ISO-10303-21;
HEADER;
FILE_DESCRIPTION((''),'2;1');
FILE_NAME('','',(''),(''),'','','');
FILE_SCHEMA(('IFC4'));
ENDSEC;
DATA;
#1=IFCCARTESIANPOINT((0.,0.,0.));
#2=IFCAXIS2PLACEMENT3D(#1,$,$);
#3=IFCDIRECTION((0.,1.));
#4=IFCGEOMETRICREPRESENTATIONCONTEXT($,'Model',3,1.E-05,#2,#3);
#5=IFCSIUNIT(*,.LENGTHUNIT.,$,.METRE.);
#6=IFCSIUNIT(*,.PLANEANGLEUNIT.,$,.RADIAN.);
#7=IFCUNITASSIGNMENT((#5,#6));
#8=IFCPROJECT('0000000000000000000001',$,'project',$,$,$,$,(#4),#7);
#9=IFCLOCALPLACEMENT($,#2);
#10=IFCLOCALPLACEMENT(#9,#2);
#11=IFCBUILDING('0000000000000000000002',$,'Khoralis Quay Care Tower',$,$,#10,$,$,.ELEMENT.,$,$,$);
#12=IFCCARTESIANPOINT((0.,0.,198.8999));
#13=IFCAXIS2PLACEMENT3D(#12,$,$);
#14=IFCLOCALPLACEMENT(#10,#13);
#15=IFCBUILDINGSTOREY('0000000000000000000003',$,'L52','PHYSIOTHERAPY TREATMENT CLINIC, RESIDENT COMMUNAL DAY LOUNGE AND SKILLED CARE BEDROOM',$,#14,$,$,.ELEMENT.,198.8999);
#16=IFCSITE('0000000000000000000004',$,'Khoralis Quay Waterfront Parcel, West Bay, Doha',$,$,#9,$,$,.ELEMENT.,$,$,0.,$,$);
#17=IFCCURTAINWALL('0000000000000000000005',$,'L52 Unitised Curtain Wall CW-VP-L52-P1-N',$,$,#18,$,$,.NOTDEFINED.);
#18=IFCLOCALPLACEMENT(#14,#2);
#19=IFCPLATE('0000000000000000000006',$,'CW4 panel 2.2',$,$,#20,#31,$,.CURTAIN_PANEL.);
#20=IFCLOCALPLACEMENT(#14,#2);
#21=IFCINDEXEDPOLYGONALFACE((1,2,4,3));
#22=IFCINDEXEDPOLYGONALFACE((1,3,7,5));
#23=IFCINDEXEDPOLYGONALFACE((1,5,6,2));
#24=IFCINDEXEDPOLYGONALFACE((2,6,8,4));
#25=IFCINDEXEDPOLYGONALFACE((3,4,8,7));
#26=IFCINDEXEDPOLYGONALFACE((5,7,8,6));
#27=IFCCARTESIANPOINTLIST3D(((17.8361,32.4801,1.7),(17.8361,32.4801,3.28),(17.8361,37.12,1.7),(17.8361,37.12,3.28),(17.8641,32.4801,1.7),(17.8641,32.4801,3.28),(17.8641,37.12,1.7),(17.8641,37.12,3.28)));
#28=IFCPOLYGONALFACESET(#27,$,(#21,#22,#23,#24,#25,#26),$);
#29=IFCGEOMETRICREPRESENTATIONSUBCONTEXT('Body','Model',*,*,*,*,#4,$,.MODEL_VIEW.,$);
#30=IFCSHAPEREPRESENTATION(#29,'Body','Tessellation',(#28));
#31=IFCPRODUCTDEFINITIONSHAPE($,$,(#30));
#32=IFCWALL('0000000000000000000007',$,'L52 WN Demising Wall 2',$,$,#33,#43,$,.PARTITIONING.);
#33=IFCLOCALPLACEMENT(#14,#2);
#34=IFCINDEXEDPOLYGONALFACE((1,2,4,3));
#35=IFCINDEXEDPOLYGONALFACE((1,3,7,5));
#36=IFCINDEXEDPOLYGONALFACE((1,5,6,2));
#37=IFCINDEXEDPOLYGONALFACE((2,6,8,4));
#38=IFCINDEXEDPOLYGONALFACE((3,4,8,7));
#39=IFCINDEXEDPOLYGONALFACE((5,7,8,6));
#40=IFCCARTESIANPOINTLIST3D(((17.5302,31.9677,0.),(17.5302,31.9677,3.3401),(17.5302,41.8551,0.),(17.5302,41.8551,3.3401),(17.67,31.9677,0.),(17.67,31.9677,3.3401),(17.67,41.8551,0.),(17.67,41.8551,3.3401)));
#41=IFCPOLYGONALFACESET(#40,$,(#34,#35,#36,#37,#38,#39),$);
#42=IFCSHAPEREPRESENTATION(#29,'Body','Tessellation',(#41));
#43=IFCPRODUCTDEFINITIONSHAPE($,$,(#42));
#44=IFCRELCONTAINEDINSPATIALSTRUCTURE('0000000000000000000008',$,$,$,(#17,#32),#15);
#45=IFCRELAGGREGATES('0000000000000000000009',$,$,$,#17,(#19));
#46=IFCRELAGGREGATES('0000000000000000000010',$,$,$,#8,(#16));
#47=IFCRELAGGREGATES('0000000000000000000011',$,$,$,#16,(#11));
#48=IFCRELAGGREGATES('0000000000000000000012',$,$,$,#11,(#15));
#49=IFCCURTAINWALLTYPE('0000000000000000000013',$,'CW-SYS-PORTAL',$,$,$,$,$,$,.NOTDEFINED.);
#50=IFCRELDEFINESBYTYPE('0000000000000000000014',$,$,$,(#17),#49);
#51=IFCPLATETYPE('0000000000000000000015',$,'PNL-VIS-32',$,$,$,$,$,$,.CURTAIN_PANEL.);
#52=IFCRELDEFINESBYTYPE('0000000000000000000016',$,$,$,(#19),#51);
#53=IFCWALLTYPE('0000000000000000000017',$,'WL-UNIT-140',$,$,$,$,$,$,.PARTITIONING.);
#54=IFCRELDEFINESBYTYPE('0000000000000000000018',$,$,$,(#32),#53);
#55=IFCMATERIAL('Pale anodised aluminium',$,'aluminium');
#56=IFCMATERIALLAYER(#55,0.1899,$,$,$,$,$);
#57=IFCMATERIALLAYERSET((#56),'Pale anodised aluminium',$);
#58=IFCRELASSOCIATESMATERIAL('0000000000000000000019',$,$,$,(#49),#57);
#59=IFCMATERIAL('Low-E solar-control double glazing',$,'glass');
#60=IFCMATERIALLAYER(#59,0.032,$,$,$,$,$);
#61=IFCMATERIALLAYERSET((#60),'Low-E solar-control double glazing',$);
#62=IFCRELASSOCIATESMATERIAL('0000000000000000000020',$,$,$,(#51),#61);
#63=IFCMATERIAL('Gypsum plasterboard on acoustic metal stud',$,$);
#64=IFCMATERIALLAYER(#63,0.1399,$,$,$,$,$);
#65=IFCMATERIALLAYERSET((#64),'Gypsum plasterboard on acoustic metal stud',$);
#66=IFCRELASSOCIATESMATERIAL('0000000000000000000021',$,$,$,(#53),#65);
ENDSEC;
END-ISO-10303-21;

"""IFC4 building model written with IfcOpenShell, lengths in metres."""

from ifc_helpers import new_model, si_unit, direction, frame, frame_2d, origin, origin_2d, place, context, subcontext, project, spatial, rectangle, extrude, source, transform, mapped, material, layer, layer_set, type_object, element, aggregate, save


model = new_model("IFC4")

# Units and contexts
model_context = context("Model", 3, precision=1e-05, world=origin(), true_north=direction((0.0, 1.0)))
body_context = subcontext(model_context, "Body", "Model", "MODEL_VIEW")
ifc_project = project(units=[si_unit("LENGTHUNIT", "METRE"), si_unit("PLANEANGLEUNIT", "RADIAN")], contexts=[model_context])

# Site, building, storey
site_placement = place(None, origin())
site = spatial("IfcSite", under=ifc_project, at=site_placement, Name="Khoralis Quay Waterfront Parcel, West Bay, Doha", CompositionType="ELEMENT", RefElevation=0.0)
building_placement = place(site_placement, origin())
building = spatial("IfcBuilding", under=site, at=building_placement, Name="Khoralis Quay Care Tower", CompositionType="ELEMENT")
storey_placement = place(building_placement, frame((0.0, 0.0, 198.8999)))
storey = spatial("IfcBuildingStorey", under=building, at=storey_placement, Name="L52", Description="PHYSIOTHERAPY TREATMENT CLINIC, RESIDENT COMMUNAL DAY LOUNGE AND SKILLED CARE BEDROOM", CompositionType="ELEMENT", Elevation=198.8999)

# Curtain wall, plate
ifc_material_1 = material(Name="Pale anodised aluminium", Category="aluminium")
ifc_layer_1 = layer(ifc_material_1, 0.1899)
ifc_layer_set_1 = layer_set([ifc_layer_1], Name="Pale anodised aluminium")
curtain_wall_type = type_object("IfcCurtainWallType", Name="CW-SYS-PORTAL", PredefinedType="NOTDEFINED", material=ifc_layer_set_1)
curtain_wall_placement = place(storey_placement, origin())
curtain_wall = element("IfcCurtainWall", 1, at=curtain_wall_placement, inside=storey, type_object=curtain_wall_type, Name="L52 Unitised Curtain Wall CW-VP-L52-P1-N", PredefinedType="NOTDEFINED")
ifc_material_2 = material(Name="Low-E solar-control double glazing", Category="glass")
ifc_layer_2 = layer(ifc_material_2, 0.032)
ifc_layer_set_2 = layer_set([ifc_layer_2], Name="Low-E solar-control double glazing")
plate_type = type_object("IfcPlateType", Name="PNL-VIS-32", PredefinedType="CURTAIN_PANEL", material=ifc_layer_set_2)
shared_shape_1 = source(origin(), body_context, "Body", "SweptSolid", [
    extrude(rectangle(XDim=4.6399, YDim=0.0281, at=origin_2d()), origin(), (0.0, 0.0, 1.0), 1.5801),
])
plate_1_placement = place(storey_placement, frame((17.8501, 34.8, 1.7), z_axis=(0.0, 0.0, 1.0), x_axis=(0.0, 1.0, 0.0)))
plate_1 = element("IfcPlate", 2, at=plate_1_placement, type_object=plate_type, Name="CW4 panel 2.2", PredefinedType="CURTAIN_PANEL", context=body_context, shape_type="MappedRepresentation", body=[
    mapped(shared_shape_1, transform((0.0, 0.0, 0.0), scale=1.0)),
])
aggregate(curtain_wall, [plate_1])

# Wall
ifc_material_3 = material(Name="Gypsum plasterboard on acoustic metal stud")
ifc_layer_3 = layer(ifc_material_3, 0.1399)
ifc_layer_set_3 = layer_set([ifc_layer_3], Name="Gypsum plasterboard on acoustic metal stud")
wall_type = type_object("IfcWallType", Name="WL-UNIT-140", PredefinedType="PARTITIONING", material=ifc_layer_set_3)
wall_placement = place(storey_placement, frame((17.6001, 31.9675, 0.0), z_axis=(0.0, 0.0, 1.0), x_axis=(0.0, 1.0, 0.0)))
element("IfcWall", 3, at=wall_placement, inside=storey, type_object=wall_type, Name="L52 WN Demising Wall 2", PredefinedType="PARTITIONING", context=body_context, shape_type="SweptSolid", body=[
    extrude(rectangle(XDim=9.8875, YDim=0.1399, at=frame_2d((4.9438, 0.0))), origin(), (0.0, 0.0, 1.0), 3.3401),
])

save(model, "model.ifc")
